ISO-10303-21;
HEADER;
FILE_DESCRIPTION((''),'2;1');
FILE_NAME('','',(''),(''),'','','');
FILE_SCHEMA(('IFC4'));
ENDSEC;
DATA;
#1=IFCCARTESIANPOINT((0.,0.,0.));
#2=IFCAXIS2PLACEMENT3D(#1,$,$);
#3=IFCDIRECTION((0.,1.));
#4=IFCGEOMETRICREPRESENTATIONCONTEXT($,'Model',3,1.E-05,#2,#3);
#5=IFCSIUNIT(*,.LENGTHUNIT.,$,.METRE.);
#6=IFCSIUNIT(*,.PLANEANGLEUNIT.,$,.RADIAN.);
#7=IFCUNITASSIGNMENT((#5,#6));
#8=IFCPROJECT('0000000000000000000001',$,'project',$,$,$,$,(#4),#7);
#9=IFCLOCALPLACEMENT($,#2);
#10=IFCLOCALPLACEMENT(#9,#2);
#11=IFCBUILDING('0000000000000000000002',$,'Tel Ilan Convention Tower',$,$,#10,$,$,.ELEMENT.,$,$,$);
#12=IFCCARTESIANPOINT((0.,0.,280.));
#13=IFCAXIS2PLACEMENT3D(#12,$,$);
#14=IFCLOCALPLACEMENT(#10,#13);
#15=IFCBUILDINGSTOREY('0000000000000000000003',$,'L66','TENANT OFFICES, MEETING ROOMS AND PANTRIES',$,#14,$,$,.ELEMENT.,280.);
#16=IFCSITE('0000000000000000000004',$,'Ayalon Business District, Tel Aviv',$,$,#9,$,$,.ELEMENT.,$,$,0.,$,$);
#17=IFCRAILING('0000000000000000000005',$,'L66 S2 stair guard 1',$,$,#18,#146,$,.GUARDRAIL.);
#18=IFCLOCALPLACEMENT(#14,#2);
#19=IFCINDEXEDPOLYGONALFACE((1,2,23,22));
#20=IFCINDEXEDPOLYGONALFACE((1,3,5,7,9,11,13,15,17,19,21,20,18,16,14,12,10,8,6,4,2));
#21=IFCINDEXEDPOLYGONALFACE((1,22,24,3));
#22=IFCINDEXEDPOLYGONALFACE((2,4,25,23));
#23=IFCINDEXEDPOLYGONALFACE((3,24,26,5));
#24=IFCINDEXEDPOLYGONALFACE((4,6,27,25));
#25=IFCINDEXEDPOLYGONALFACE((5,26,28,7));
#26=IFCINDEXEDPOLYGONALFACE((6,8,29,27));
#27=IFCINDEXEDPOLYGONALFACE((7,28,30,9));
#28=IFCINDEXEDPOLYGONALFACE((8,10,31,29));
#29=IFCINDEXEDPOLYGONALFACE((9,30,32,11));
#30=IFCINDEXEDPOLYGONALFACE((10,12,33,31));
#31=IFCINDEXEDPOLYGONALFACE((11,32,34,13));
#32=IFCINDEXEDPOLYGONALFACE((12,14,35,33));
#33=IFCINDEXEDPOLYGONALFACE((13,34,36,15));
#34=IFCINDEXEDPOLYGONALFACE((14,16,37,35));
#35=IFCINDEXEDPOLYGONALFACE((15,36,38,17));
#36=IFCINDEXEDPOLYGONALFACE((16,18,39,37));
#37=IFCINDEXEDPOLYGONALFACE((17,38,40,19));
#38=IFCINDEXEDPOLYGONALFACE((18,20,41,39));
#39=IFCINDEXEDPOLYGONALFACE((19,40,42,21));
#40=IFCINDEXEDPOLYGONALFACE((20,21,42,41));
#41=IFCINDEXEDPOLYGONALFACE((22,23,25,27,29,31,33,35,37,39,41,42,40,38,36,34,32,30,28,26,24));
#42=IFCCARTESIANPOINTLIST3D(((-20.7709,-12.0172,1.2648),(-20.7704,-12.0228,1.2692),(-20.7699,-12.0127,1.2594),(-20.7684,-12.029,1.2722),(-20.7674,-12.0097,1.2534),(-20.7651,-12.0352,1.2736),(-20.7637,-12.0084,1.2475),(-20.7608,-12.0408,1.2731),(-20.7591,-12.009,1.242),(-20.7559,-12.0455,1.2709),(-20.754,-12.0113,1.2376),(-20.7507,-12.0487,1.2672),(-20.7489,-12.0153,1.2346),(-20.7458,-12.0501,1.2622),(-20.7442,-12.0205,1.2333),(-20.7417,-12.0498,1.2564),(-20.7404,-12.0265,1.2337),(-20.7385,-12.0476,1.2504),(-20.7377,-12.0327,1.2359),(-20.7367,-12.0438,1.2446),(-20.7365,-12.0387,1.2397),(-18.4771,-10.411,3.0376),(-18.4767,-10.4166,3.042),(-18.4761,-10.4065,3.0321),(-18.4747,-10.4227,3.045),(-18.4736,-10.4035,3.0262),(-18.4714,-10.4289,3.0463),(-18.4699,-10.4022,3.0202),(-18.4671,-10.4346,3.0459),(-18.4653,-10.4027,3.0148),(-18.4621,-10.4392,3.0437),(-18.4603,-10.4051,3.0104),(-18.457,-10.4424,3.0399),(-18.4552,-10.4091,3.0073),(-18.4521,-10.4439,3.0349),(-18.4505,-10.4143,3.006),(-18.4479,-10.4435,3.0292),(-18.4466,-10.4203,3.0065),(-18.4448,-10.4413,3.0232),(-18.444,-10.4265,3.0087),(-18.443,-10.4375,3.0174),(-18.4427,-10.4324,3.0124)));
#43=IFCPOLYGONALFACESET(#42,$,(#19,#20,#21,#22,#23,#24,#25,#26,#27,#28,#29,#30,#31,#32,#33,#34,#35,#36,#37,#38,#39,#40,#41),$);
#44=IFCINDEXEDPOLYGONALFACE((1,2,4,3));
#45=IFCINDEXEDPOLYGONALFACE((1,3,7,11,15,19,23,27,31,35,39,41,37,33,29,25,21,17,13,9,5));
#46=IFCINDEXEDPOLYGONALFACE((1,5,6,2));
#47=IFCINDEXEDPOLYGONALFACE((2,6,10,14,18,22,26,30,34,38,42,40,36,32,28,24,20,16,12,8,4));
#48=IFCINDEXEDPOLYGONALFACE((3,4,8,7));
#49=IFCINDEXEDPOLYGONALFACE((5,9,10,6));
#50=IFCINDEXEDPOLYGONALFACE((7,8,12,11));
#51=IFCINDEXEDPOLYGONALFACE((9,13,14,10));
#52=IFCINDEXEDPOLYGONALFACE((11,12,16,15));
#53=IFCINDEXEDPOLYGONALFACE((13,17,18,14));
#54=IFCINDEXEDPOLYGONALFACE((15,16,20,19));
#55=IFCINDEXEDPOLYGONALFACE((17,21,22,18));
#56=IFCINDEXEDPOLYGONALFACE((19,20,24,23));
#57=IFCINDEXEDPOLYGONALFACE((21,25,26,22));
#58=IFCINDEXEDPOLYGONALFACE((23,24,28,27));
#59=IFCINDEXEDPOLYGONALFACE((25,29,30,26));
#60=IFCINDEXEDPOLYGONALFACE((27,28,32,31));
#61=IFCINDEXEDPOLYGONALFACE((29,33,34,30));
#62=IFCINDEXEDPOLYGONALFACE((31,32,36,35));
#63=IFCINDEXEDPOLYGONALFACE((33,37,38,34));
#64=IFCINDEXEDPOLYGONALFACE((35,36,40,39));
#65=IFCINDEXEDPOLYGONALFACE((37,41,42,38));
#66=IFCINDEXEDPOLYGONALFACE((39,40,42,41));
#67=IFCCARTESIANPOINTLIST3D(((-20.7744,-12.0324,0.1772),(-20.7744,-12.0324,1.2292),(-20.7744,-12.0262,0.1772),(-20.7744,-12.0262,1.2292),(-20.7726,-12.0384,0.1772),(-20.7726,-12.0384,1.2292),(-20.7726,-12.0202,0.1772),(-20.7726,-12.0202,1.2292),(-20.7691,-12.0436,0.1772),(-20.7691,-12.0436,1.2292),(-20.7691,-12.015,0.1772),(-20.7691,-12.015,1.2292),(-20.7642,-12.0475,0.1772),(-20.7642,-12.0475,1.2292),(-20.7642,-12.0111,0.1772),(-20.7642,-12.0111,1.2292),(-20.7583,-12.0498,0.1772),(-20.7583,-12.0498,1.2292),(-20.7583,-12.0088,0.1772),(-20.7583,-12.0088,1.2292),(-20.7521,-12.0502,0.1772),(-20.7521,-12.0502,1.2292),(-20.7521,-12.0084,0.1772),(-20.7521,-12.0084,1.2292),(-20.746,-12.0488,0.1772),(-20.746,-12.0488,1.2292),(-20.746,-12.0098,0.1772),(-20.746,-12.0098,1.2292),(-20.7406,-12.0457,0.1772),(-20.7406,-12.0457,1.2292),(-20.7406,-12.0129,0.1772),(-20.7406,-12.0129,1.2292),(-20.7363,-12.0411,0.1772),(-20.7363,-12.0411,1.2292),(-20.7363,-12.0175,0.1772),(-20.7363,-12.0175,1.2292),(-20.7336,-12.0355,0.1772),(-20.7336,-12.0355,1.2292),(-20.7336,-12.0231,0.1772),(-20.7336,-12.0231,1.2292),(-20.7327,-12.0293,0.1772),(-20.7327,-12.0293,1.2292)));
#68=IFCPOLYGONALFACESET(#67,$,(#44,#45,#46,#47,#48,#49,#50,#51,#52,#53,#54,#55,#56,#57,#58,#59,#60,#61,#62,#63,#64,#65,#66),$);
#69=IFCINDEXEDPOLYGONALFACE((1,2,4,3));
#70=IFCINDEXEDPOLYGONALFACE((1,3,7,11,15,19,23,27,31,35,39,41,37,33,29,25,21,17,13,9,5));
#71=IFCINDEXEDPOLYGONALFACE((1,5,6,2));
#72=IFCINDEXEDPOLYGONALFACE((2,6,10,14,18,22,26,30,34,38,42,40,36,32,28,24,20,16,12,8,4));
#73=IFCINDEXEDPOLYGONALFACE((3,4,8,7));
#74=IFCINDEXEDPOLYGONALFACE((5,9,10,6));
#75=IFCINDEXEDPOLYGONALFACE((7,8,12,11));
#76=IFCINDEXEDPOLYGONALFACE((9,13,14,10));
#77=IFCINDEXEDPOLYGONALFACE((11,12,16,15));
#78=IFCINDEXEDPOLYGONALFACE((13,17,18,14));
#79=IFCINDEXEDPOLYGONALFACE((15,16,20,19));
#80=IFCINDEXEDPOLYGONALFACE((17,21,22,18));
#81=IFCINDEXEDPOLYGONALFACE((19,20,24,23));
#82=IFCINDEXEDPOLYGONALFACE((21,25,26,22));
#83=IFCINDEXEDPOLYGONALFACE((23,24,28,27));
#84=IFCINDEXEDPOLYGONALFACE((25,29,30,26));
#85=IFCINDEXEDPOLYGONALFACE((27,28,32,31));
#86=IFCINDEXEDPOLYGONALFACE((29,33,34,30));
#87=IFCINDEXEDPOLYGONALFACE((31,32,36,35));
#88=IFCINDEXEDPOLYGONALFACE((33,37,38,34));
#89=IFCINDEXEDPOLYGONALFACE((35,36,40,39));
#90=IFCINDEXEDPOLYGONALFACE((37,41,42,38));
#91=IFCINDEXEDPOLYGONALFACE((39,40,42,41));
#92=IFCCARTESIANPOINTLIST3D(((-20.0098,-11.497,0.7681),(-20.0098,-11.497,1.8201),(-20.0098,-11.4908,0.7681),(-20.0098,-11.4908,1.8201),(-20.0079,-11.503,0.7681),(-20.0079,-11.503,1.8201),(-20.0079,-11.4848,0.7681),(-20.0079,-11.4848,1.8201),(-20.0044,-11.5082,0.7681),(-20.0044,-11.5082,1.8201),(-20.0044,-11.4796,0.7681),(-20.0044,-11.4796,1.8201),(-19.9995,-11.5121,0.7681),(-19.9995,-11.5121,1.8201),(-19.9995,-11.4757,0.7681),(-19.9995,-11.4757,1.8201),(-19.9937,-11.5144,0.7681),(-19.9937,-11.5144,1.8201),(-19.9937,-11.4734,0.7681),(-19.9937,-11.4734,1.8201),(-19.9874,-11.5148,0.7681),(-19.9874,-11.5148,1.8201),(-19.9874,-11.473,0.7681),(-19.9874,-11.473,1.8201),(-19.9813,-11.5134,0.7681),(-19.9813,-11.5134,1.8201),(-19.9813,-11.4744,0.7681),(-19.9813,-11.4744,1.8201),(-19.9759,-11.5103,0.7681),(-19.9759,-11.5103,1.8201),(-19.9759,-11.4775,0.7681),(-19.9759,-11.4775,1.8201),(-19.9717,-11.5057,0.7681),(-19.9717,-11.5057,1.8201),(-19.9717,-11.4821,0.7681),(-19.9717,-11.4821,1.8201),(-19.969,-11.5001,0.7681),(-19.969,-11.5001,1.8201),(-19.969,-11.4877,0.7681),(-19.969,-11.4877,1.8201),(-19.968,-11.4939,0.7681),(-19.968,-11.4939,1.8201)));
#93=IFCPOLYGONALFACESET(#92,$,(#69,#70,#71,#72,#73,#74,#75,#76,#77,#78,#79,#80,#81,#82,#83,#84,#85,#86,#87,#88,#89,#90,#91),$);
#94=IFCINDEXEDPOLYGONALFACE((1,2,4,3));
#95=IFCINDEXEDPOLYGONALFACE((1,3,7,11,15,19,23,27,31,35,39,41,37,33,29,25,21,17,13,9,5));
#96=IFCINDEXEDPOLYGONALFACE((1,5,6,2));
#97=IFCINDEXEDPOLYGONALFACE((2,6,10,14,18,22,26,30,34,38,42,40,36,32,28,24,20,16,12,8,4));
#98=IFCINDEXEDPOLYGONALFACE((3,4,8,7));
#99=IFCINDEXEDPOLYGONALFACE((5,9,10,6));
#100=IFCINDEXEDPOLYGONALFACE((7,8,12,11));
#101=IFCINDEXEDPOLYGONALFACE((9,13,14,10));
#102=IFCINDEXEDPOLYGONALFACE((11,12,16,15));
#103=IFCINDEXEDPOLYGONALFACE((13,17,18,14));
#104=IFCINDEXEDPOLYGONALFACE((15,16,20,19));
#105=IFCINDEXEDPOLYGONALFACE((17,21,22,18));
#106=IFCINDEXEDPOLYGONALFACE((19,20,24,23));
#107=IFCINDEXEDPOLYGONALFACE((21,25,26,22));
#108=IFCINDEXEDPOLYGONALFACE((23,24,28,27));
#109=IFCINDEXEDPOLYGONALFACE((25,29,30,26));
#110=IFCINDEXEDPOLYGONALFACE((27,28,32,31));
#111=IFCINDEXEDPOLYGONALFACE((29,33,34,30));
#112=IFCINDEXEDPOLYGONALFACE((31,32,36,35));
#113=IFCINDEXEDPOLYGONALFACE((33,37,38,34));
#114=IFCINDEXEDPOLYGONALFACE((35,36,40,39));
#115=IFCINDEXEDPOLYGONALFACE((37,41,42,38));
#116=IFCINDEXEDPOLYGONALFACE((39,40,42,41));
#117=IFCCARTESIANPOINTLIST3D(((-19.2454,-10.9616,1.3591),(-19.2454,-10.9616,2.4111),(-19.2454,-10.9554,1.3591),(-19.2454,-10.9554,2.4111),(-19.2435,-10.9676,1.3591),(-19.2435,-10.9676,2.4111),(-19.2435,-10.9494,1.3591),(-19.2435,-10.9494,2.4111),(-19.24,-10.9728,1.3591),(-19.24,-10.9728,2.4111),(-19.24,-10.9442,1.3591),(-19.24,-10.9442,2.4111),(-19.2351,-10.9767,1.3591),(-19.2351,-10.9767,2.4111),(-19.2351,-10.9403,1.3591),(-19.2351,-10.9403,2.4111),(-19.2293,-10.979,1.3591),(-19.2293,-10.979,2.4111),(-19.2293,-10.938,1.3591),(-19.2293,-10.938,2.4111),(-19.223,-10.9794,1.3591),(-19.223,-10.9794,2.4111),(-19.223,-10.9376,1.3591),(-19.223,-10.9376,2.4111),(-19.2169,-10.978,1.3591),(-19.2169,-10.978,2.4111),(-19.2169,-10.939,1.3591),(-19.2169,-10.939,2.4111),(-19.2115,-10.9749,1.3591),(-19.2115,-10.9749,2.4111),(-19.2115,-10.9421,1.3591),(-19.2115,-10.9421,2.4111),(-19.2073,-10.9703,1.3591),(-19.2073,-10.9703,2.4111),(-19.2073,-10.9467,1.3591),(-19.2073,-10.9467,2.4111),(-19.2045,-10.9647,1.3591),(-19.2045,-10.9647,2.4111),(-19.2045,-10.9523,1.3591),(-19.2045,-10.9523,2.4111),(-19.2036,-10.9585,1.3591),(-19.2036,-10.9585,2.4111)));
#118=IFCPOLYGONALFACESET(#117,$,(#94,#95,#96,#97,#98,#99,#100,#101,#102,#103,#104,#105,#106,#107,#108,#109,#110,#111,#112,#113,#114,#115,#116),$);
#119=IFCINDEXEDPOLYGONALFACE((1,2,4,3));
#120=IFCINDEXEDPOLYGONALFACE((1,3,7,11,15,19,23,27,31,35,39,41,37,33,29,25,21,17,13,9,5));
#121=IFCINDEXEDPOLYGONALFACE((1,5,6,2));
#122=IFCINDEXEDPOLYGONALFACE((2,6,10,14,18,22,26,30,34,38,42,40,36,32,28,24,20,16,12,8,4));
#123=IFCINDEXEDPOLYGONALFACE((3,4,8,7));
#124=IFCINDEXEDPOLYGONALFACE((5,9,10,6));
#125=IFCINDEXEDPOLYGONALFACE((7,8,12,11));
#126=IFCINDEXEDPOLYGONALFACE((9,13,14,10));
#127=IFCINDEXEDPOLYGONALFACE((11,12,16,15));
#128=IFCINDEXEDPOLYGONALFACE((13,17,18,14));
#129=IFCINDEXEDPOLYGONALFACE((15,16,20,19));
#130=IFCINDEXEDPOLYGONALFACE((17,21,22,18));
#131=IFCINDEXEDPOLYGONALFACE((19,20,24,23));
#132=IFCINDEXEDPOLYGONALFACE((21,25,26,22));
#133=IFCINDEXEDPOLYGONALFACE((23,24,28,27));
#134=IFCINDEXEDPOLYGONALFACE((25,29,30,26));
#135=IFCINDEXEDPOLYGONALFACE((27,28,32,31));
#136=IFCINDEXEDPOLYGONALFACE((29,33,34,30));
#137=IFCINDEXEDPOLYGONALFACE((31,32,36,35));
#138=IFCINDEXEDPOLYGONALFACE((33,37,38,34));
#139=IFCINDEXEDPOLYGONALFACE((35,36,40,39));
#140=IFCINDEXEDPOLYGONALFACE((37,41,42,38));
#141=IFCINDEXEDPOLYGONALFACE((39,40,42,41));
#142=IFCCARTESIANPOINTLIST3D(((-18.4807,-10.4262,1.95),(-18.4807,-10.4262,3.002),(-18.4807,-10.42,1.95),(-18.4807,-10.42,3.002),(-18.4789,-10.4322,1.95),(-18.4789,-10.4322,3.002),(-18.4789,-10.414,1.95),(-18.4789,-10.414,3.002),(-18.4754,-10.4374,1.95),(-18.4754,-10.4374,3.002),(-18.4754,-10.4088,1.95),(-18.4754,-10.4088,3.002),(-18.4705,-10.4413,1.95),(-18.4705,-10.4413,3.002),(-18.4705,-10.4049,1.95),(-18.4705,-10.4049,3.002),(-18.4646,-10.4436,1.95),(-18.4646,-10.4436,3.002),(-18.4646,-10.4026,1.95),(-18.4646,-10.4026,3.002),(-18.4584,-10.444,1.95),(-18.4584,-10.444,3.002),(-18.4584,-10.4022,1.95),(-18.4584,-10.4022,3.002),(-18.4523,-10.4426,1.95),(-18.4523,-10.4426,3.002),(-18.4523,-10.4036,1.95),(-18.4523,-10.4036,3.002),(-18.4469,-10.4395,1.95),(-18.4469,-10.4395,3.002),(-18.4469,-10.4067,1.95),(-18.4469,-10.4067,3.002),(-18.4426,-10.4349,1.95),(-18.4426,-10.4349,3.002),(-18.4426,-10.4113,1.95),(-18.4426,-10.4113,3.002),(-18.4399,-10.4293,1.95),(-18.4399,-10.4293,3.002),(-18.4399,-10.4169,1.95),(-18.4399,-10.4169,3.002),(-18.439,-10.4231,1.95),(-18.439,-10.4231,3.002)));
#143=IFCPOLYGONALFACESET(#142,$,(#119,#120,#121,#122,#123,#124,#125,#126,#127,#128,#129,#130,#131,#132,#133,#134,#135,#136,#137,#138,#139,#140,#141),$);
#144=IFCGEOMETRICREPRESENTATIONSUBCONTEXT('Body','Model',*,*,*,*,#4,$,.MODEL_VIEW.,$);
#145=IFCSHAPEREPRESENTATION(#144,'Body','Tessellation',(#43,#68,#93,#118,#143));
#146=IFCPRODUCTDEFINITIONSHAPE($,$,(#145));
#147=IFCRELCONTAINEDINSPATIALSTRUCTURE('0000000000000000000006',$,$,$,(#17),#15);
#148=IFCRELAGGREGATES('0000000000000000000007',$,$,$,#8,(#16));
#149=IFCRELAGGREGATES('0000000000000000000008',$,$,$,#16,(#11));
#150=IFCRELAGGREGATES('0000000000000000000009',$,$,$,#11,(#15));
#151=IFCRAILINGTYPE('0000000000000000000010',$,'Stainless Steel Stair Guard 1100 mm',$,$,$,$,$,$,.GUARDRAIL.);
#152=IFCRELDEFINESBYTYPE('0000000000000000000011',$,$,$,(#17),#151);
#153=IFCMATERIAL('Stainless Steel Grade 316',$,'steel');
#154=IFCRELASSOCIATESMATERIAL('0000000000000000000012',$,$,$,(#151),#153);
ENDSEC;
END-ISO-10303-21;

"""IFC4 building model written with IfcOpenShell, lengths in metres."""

from ifc_helpers import new_model, si_unit, direction, frame, origin, origin_2d, place, context, subcontext, project, spatial, circle, extrude, material, type_object, element, save


model = new_model("IFC4")

# Units and contexts
model_context = context("Model", 3, precision=1e-05, world=origin(), true_north=direction((0.0, 1.0)))
body_context = subcontext(model_context, "Body", "Model", "MODEL_VIEW")
ifc_project = project(units=[si_unit("LENGTHUNIT", "METRE"), si_unit("PLANEANGLEUNIT", "RADIAN")], contexts=[model_context])

# Site, building, storey
site_placement = place(None, origin())
site = spatial("IfcSite", under=ifc_project, at=site_placement, Name="Ayalon Business District, Tel Aviv", CompositionType="ELEMENT", RefElevation=0.0)
building_placement = place(site_placement, origin())
building = spatial("IfcBuilding", under=site, at=building_placement, Name="Tel Ilan Convention Tower", CompositionType="ELEMENT")
storey_placement = place(building_placement, frame((0.0, 0.0, 280.0)))
storey = spatial("IfcBuildingStorey", under=building, at=storey_placement, Name="L66", Description="TENANT OFFICES, MEETING ROOMS AND PANTRIES", CompositionType="ELEMENT", Elevation=280.0)

# Railing
ifc_material_1 = material(Name="Stainless Steel Grade 316", Category="steel")
railing_type_1 = type_object("IfcRailingType", Name="Stainless Steel Stair Guard 1100 mm", PredefinedType="GUARDRAIL", material=ifc_material_1)
railing_1_placement = place(storey_placement, frame((-20.7537, -12.0293, 0.1772)))
element("IfcRailing", 1, at=railing_1_placement, inside=storey, type_object=railing_type_1, Name="L66 S2 stair guard 1", PredefinedType="GUARDRAIL", context=body_context, shape_type="SweptSolid", body=[
    extrude(circle(Radius=0.0239, at=origin_2d()), frame((0.0, 0.0, 1.0762), z_axis=(0.692098, 0.484653, 0.534894), x_axis=(-0.573609, 0.81913, 0.0)), (0.0, 0.0, 1.0), 3.3142),
    extrude(circle(Radius=0.021, at=origin_2d()), origin(), (0.0, 0.0, 1.0), 1.052),
    extrude(circle(Radius=0.021, at=origin_2d()), frame((0.7646, 0.5354, 0.5908)), (0.0, 0.0, 1.0), 1.052),
    extrude(circle(Radius=0.021, at=origin_2d()), frame((1.5291, 1.0708, 1.1819)), (0.0, 0.0, 1.0), 1.052),
    extrude(circle(Radius=0.021, at=origin_2d()), frame((2.2937, 1.6062, 1.7727)), (0.0, 0.0, 1.0), 1.052),
])

save(model, "model.ifc")
